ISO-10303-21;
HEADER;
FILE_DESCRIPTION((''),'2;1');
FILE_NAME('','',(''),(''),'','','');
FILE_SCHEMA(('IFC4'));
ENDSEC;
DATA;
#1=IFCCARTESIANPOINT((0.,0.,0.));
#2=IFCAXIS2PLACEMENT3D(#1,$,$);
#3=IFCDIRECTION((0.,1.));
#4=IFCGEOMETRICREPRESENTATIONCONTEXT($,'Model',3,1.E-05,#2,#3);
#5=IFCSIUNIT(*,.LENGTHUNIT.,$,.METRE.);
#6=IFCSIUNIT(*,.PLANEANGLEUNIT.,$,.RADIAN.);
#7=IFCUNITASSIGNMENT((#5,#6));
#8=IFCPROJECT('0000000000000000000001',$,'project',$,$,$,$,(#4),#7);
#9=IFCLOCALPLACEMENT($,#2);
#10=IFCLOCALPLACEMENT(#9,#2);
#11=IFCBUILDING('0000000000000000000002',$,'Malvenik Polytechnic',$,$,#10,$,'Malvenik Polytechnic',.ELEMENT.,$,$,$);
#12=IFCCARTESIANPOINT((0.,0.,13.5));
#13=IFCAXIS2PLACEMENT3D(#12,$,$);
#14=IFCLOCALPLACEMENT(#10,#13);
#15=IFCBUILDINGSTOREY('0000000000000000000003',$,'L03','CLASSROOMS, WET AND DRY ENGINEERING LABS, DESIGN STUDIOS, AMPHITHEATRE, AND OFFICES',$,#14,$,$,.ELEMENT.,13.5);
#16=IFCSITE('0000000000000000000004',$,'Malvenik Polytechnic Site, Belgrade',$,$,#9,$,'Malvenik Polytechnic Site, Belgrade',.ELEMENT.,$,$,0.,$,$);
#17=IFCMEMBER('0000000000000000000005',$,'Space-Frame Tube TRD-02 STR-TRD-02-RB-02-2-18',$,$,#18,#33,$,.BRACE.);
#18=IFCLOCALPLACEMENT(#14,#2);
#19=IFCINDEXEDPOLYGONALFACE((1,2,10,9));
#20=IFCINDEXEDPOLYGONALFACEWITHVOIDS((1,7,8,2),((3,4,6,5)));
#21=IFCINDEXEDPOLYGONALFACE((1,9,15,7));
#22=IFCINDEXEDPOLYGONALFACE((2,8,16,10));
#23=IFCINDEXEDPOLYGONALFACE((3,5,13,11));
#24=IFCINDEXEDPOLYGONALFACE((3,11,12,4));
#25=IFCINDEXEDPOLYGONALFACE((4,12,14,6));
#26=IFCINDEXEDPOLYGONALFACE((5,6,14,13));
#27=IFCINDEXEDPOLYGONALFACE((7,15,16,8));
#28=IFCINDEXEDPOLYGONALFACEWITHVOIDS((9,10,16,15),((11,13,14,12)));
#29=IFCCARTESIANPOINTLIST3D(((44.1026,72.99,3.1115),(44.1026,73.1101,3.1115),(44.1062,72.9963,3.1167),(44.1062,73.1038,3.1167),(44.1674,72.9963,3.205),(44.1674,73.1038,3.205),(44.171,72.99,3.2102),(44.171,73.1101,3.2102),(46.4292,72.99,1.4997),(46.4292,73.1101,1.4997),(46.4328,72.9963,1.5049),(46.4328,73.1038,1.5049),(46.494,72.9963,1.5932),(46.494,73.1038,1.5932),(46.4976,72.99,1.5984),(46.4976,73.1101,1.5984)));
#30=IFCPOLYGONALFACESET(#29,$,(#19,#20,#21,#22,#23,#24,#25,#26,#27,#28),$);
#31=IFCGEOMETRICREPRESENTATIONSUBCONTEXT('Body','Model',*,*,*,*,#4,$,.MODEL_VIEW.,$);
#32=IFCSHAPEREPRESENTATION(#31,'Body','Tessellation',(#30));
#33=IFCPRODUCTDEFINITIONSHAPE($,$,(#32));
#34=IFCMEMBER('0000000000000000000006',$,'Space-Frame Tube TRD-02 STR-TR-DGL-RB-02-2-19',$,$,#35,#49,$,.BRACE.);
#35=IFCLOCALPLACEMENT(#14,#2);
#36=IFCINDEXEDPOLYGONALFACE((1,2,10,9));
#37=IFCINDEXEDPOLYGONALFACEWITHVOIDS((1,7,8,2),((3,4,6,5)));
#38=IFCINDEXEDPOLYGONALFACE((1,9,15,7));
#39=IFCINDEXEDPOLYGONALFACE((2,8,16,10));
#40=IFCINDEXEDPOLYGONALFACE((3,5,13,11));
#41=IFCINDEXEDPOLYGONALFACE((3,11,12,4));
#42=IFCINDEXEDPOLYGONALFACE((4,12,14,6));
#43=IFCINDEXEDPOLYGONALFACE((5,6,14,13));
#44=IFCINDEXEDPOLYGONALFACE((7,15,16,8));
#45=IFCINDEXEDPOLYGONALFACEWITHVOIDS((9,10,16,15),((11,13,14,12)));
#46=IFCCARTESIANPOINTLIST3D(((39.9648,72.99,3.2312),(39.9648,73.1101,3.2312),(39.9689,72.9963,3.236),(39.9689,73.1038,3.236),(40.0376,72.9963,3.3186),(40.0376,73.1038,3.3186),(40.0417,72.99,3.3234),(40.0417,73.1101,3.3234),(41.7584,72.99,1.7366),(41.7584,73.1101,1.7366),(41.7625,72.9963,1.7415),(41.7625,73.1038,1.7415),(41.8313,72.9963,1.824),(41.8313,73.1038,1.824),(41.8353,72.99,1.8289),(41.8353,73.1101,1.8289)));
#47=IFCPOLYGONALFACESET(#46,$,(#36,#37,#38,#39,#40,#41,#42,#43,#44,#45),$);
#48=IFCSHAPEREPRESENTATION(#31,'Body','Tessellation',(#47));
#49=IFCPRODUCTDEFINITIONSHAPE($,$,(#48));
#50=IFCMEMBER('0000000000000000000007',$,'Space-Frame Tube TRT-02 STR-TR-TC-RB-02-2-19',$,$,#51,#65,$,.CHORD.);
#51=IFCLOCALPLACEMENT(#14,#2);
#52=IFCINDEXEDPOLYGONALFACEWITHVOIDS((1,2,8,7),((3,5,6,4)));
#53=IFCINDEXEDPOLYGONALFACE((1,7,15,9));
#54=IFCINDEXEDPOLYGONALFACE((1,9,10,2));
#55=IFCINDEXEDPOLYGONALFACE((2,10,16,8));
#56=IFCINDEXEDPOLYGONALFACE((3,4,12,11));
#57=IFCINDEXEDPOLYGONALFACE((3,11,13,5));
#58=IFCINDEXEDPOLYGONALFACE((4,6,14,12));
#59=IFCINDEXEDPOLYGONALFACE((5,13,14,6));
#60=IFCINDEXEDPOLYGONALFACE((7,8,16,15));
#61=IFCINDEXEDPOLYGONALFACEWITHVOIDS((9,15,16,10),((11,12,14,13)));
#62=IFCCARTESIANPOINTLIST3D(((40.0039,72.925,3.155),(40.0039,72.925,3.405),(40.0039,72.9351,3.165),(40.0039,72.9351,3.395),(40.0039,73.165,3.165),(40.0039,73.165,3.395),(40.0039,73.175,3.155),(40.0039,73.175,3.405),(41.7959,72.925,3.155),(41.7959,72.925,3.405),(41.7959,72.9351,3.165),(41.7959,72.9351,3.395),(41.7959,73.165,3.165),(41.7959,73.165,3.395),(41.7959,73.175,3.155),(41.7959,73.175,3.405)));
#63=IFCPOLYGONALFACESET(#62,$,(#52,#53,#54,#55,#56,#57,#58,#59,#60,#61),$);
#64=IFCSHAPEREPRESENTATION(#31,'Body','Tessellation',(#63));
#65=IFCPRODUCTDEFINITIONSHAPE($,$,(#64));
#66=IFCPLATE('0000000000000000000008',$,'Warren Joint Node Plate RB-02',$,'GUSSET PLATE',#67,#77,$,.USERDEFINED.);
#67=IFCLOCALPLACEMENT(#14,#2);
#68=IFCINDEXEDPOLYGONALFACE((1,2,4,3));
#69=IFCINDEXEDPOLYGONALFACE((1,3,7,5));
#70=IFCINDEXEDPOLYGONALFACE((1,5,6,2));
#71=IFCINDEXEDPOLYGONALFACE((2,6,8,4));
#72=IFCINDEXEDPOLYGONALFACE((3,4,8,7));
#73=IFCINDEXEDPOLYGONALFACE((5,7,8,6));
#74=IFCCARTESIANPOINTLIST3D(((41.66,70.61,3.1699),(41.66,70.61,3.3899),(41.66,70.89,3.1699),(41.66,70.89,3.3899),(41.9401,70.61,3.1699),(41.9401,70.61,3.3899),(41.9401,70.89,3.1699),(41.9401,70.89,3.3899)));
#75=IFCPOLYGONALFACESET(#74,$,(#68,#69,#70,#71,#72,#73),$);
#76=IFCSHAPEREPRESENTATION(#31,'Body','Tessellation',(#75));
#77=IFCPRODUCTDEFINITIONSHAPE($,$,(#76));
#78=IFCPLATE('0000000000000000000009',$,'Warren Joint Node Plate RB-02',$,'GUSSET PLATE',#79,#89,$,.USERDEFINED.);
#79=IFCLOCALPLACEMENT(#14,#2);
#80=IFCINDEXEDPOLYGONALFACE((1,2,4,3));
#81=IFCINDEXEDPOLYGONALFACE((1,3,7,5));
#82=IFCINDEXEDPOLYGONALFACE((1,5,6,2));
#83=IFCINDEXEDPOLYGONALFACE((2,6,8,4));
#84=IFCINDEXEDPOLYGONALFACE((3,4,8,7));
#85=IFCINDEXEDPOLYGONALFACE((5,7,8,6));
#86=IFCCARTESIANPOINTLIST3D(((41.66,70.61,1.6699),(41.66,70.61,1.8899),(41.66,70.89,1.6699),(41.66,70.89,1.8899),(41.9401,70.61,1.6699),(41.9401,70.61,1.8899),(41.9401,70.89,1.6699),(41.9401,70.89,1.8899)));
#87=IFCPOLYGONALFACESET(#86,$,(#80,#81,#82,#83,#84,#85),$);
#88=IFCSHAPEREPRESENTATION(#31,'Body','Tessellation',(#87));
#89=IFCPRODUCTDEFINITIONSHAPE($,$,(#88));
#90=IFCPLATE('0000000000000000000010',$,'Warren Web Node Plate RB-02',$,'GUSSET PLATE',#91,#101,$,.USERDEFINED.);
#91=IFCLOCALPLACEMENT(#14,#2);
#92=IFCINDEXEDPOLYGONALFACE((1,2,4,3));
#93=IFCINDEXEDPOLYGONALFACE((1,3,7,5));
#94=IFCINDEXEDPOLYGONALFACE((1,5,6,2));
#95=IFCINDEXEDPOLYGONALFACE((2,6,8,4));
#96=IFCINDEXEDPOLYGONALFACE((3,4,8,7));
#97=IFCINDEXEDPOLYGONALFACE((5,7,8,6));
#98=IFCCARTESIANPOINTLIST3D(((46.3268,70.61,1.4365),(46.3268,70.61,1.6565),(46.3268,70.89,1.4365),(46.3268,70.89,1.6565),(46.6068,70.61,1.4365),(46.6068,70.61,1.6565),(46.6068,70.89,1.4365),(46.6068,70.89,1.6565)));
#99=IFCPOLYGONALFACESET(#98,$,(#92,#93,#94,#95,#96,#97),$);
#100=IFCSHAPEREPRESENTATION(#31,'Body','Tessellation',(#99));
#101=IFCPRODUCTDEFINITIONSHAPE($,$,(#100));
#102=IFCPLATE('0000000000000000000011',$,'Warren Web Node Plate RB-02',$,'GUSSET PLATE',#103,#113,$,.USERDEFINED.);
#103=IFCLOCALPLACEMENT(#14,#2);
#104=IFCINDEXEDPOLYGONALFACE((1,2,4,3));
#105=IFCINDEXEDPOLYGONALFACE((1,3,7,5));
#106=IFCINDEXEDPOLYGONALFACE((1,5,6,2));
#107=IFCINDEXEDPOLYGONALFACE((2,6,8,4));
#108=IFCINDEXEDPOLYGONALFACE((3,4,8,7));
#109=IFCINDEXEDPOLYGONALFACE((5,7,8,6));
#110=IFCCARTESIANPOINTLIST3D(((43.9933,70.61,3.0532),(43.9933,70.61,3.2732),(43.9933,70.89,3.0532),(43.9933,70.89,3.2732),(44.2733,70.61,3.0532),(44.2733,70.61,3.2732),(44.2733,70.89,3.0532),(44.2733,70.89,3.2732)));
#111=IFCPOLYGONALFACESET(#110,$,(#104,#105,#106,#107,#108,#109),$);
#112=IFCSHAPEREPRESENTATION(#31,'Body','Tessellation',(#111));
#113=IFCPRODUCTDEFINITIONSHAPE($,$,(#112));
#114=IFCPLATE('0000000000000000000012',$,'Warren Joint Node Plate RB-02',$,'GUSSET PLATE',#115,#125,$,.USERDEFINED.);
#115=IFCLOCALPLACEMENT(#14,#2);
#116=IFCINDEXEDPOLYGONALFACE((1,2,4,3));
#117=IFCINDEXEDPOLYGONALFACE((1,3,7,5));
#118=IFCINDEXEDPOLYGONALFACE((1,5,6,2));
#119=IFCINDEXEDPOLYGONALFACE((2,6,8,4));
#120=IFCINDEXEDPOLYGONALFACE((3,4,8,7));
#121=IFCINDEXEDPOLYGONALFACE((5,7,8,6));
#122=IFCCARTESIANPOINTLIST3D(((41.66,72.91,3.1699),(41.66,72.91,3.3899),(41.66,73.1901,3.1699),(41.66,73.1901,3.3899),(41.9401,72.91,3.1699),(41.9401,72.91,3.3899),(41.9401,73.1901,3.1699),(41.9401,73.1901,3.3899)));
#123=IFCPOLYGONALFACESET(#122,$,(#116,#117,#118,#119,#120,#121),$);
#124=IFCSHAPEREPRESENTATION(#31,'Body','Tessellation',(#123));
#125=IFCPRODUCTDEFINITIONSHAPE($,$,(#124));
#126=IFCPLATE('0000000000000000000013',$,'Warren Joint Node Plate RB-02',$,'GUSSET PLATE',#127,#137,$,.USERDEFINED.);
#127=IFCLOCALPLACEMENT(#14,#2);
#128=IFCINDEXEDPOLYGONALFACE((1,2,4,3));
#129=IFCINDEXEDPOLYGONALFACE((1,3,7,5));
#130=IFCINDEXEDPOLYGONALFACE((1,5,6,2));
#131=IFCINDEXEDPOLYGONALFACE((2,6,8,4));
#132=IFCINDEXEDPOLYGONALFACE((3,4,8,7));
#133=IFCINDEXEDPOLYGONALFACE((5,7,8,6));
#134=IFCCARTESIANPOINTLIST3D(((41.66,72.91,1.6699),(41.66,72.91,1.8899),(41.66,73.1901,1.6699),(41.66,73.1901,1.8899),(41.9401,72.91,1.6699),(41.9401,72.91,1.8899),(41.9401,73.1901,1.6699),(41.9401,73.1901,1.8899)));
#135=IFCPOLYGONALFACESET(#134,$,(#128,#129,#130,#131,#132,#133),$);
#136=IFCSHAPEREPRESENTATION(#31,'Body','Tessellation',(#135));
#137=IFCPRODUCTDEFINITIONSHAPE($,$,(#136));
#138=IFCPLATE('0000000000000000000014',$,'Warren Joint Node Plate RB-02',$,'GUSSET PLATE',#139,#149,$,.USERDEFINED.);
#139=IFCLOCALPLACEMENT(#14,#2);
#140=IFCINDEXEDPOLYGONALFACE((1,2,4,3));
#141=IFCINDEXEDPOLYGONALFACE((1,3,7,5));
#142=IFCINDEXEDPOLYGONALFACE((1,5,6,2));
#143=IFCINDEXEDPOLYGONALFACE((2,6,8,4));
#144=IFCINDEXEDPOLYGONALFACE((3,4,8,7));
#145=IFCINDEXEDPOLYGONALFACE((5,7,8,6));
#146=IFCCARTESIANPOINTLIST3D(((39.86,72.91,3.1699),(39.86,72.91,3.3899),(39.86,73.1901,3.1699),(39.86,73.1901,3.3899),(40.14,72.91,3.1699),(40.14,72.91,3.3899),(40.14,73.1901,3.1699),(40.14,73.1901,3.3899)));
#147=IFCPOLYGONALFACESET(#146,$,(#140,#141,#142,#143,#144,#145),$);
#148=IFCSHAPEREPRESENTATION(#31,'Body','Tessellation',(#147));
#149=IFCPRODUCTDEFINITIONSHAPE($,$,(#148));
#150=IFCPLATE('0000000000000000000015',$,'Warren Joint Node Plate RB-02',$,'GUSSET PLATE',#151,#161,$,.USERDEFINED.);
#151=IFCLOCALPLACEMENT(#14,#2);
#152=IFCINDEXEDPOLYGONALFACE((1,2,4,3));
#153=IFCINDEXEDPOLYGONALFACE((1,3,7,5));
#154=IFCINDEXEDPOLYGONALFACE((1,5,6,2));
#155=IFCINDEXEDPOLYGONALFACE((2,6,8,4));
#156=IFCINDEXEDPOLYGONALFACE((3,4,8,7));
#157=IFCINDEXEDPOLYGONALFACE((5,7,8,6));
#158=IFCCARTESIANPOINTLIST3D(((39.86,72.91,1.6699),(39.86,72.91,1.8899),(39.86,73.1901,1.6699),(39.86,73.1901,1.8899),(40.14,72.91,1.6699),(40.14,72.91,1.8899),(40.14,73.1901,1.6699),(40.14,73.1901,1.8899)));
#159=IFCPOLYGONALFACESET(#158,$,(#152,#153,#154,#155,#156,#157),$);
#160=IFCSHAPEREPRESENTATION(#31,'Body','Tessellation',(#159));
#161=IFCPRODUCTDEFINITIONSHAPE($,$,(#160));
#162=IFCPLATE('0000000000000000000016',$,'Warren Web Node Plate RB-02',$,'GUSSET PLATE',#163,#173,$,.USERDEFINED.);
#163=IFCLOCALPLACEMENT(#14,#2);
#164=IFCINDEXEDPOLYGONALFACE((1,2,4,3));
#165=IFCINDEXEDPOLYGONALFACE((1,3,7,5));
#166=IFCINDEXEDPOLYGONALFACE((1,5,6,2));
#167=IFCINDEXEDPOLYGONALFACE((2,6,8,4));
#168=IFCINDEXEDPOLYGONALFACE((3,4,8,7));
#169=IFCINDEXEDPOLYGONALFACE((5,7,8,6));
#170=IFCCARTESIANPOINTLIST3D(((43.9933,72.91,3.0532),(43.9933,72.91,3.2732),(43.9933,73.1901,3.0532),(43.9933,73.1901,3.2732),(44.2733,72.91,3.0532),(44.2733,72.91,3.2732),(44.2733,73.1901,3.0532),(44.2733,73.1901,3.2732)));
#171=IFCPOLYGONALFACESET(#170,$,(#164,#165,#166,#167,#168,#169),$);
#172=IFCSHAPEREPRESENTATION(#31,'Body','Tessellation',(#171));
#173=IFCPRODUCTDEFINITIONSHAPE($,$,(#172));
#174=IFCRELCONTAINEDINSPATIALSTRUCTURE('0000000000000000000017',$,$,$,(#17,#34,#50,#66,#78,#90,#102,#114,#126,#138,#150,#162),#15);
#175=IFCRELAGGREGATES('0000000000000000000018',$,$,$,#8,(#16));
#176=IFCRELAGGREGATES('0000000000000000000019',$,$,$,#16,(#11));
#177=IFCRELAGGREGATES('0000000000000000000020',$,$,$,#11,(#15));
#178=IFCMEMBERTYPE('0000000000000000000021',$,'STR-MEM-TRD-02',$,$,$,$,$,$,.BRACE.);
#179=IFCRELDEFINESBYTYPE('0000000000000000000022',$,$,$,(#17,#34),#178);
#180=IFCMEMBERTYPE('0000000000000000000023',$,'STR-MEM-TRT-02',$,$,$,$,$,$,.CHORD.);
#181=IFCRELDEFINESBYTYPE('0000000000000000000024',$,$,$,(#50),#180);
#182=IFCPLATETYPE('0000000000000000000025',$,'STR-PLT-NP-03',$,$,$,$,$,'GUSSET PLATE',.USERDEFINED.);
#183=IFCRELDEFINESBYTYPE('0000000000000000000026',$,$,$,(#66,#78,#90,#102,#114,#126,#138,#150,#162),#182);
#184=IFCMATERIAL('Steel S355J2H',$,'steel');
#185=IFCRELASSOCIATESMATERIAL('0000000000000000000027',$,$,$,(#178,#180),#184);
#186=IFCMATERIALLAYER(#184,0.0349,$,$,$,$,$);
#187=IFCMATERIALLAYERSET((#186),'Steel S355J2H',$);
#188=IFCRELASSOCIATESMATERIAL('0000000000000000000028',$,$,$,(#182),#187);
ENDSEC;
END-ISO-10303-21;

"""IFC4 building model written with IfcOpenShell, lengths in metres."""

from ifc_helpers import new_model, si_unit, direction, frame, origin, origin_2d, place, context, subcontext, project, spatial, rectangle, hollow_rectangle, extrude, material, layer, layer_set, material_profile, profile_set, type_object, element, save


model = new_model("IFC4")

# Units and contexts
model_context = context("Model", 3, precision=1e-05, world=origin(), true_north=direction((0.0, 1.0)))
body_context = subcontext(model_context, "Body", "Model", "MODEL_VIEW")
ifc_project = project(units=[si_unit("LENGTHUNIT", "METRE"), si_unit("PLANEANGLEUNIT", "RADIAN")], contexts=[model_context])

# Site, building, storey
site_placement = place(None, origin())
site = spatial("IfcSite", under=ifc_project, at=site_placement, Name="Malvenik Polytechnic Site, Belgrade", LongName="Malvenik Polytechnic Site, Belgrade", CompositionType="ELEMENT", RefElevation=0.0)
building_placement = place(site_placement, origin())
building = spatial("IfcBuilding", under=site, at=building_placement, Name="Malvenik Polytechnic", LongName="Malvenik Polytechnic", CompositionType="ELEMENT")
storey_placement = place(building_placement, frame((0.0, 0.0, 13.5)))
storey = spatial("IfcBuildingStorey", under=building, at=storey_placement, Name="L03", Description="CLASSROOMS, WET AND DRY ENGINEERING LABS, DESIGN STUDIOS, AMPHITHEATRE, AND OFFICES", CompositionType="ELEMENT", Elevation=13.5)

# Shared definitions
ifc_material_1 = material(Name="Steel S355J2H", Category="steel")

# Members
ifc_material_profile_1 = material_profile(ifc_material_1, hollow_rectangle(XDim=0.1201, YDim=0.1201, WallThickness=0.0063, at=origin_2d()), Name="SHS 120x120x6.3")
ifc_profile_set_1 = profile_set([ifc_material_profile_1], Name="Steel S355J2H")
member_type_1 = type_object("IfcMemberType", Name="STR-MEM-TRD-02", PredefinedType="BRACE", material=ifc_profile_set_1)
member_1_placement = place(storey_placement, frame((46.4634, 73.05, 1.5491), z_axis=(-0.822018, 0.0, 0.569461), x_axis=(0.0, -1.0, 0.0)))
element("IfcMember", 1, at=member_1_placement, inside=storey, type_object=member_type_1, Name="Space-Frame Tube TRD-02 STR-TRD-02-RB-02-2-18", PredefinedType="BRACE", context=body_context, shape_type="SweptSolid", body=[
    extrude(hollow_rectangle(XDim=0.1201, YDim=0.1201, WallThickness=0.0063, at=origin_2d()), origin(), (0.0, 0.0, 1.0), 2.8303),
])
member_2_placement = place(storey_placement, frame((41.7969, 73.05, 1.7827), z_axis=(-0.768247, 0.0, 0.640154), x_axis=(0.0, -1.0, 0.0)))
element("IfcMember", 2, at=member_2_placement, inside=storey, type_object=member_type_1, Name="Space-Frame Tube TRD-02 STR-TR-DGL-RB-02-2-19", PredefinedType="BRACE", context=body_context, shape_type="SweptSolid", body=[
    extrude(hollow_rectangle(XDim=0.1201, YDim=0.1201, WallThickness=0.0063, at=origin_2d()), origin(), (0.0, 0.0, 1.0), 2.3347),
])
ifc_material_profile_2 = material_profile(ifc_material_1, hollow_rectangle(XDim=0.25, YDim=0.25, WallThickness=0.01, at=origin_2d()), Name="SHS 250x250x10.0")
ifc_profile_set_2 = profile_set([ifc_material_profile_2], Name="Steel S355J2H")
member_type_2 = type_object("IfcMemberType", Name="STR-MEM-TRT-02", PredefinedType="CHORD", material=ifc_profile_set_2)
member_3_placement = place(storey_placement, frame((41.7959, 73.05, 3.28), z_axis=(-1.0, 0.0, 0.0), x_axis=(0.0, -1.0, 0.0)))
element("IfcMember", 3, at=member_3_placement, inside=storey, type_object=member_type_2, Name="Space-Frame Tube TRT-02 STR-TR-TC-RB-02-2-19", PredefinedType="CHORD", context=body_context, shape_type="SweptSolid", body=[
    extrude(hollow_rectangle(XDim=0.25, YDim=0.25, WallThickness=0.01, at=origin_2d()), origin(), (0.0, 0.0, 1.0), 1.792),
])

# Plates
ifc_layer_1 = layer(ifc_material_1, 0.0349)
ifc_layer_set_1 = layer_set([ifc_layer_1], Name="Steel S355J2H")
plate_type = type_object("IfcPlateType", Name="STR-PLT-NP-03", ElementType="GUSSET PLATE", PredefinedType="USERDEFINED", material=ifc_layer_set_1)
for number, where, z_axis, x_axis, name in (
    (4, (41.8, 70.75, 3.1699), (0.0, 0.0, 1.0), (1.0, 0.0, 0.0), "Warren Joint Node Plate RB-02"),
    (5, (41.8, 70.75, 1.6699), (0.0, 0.0, 1.0), (1.0, 0.0, 0.0), "Warren Joint Node Plate RB-02"),
    (6, (46.4668, 70.75, 1.4365), (0.0, 0.0, 1.0), (1.0, 0.0, 0.0), "Warren Web Node Plate RB-02"),
    (7, (44.1333, 70.75, 3.0532), (0.0, 0.0, 1.0), (1.0, 0.0, 0.0), "Warren Web Node Plate RB-02"),
    (8, (41.8, 73.05, 3.1699), (0.0, 0.0, 1.0), (1.0, 0.0, 0.0), "Warren Joint Node Plate RB-02"),
    (9, (41.8, 73.05, 1.6699), (0.0, 0.0, 1.0), (1.0, 0.0, 0.0), "Warren Joint Node Plate RB-02"),
    (10, (40.0, 73.05, 3.1699), (0.0, 0.0, 1.0), (1.0, 0.0, 0.0), "Warren Joint Node Plate RB-02"),
    (11, (40.0, 73.05, 1.6699), (0.0, 0.0, 1.0), (1.0, 0.0, 0.0), "Warren Joint Node Plate RB-02"),
    (12, (44.1333, 73.05, 3.0532), (0.0, 0.0, 1.0), (1.0, 0.0, 0.0), "Warren Web Node Plate RB-02"),
):
    element("IfcPlate", number, at=place(storey_placement, frame(where, z_axis=z_axis, x_axis=x_axis)), inside=storey, type_object=plate_type, Name=name, ObjectType="GUSSET PLATE", PredefinedType="USERDEFINED", context=body_context, shape_type="SweptSolid", body=[
        extrude(rectangle(XDim=0.28, YDim=0.28, at=origin_2d()), origin(), (0.0, 0.0, 1.0), 0.22),
    ])

save(model, "model.ifc")
